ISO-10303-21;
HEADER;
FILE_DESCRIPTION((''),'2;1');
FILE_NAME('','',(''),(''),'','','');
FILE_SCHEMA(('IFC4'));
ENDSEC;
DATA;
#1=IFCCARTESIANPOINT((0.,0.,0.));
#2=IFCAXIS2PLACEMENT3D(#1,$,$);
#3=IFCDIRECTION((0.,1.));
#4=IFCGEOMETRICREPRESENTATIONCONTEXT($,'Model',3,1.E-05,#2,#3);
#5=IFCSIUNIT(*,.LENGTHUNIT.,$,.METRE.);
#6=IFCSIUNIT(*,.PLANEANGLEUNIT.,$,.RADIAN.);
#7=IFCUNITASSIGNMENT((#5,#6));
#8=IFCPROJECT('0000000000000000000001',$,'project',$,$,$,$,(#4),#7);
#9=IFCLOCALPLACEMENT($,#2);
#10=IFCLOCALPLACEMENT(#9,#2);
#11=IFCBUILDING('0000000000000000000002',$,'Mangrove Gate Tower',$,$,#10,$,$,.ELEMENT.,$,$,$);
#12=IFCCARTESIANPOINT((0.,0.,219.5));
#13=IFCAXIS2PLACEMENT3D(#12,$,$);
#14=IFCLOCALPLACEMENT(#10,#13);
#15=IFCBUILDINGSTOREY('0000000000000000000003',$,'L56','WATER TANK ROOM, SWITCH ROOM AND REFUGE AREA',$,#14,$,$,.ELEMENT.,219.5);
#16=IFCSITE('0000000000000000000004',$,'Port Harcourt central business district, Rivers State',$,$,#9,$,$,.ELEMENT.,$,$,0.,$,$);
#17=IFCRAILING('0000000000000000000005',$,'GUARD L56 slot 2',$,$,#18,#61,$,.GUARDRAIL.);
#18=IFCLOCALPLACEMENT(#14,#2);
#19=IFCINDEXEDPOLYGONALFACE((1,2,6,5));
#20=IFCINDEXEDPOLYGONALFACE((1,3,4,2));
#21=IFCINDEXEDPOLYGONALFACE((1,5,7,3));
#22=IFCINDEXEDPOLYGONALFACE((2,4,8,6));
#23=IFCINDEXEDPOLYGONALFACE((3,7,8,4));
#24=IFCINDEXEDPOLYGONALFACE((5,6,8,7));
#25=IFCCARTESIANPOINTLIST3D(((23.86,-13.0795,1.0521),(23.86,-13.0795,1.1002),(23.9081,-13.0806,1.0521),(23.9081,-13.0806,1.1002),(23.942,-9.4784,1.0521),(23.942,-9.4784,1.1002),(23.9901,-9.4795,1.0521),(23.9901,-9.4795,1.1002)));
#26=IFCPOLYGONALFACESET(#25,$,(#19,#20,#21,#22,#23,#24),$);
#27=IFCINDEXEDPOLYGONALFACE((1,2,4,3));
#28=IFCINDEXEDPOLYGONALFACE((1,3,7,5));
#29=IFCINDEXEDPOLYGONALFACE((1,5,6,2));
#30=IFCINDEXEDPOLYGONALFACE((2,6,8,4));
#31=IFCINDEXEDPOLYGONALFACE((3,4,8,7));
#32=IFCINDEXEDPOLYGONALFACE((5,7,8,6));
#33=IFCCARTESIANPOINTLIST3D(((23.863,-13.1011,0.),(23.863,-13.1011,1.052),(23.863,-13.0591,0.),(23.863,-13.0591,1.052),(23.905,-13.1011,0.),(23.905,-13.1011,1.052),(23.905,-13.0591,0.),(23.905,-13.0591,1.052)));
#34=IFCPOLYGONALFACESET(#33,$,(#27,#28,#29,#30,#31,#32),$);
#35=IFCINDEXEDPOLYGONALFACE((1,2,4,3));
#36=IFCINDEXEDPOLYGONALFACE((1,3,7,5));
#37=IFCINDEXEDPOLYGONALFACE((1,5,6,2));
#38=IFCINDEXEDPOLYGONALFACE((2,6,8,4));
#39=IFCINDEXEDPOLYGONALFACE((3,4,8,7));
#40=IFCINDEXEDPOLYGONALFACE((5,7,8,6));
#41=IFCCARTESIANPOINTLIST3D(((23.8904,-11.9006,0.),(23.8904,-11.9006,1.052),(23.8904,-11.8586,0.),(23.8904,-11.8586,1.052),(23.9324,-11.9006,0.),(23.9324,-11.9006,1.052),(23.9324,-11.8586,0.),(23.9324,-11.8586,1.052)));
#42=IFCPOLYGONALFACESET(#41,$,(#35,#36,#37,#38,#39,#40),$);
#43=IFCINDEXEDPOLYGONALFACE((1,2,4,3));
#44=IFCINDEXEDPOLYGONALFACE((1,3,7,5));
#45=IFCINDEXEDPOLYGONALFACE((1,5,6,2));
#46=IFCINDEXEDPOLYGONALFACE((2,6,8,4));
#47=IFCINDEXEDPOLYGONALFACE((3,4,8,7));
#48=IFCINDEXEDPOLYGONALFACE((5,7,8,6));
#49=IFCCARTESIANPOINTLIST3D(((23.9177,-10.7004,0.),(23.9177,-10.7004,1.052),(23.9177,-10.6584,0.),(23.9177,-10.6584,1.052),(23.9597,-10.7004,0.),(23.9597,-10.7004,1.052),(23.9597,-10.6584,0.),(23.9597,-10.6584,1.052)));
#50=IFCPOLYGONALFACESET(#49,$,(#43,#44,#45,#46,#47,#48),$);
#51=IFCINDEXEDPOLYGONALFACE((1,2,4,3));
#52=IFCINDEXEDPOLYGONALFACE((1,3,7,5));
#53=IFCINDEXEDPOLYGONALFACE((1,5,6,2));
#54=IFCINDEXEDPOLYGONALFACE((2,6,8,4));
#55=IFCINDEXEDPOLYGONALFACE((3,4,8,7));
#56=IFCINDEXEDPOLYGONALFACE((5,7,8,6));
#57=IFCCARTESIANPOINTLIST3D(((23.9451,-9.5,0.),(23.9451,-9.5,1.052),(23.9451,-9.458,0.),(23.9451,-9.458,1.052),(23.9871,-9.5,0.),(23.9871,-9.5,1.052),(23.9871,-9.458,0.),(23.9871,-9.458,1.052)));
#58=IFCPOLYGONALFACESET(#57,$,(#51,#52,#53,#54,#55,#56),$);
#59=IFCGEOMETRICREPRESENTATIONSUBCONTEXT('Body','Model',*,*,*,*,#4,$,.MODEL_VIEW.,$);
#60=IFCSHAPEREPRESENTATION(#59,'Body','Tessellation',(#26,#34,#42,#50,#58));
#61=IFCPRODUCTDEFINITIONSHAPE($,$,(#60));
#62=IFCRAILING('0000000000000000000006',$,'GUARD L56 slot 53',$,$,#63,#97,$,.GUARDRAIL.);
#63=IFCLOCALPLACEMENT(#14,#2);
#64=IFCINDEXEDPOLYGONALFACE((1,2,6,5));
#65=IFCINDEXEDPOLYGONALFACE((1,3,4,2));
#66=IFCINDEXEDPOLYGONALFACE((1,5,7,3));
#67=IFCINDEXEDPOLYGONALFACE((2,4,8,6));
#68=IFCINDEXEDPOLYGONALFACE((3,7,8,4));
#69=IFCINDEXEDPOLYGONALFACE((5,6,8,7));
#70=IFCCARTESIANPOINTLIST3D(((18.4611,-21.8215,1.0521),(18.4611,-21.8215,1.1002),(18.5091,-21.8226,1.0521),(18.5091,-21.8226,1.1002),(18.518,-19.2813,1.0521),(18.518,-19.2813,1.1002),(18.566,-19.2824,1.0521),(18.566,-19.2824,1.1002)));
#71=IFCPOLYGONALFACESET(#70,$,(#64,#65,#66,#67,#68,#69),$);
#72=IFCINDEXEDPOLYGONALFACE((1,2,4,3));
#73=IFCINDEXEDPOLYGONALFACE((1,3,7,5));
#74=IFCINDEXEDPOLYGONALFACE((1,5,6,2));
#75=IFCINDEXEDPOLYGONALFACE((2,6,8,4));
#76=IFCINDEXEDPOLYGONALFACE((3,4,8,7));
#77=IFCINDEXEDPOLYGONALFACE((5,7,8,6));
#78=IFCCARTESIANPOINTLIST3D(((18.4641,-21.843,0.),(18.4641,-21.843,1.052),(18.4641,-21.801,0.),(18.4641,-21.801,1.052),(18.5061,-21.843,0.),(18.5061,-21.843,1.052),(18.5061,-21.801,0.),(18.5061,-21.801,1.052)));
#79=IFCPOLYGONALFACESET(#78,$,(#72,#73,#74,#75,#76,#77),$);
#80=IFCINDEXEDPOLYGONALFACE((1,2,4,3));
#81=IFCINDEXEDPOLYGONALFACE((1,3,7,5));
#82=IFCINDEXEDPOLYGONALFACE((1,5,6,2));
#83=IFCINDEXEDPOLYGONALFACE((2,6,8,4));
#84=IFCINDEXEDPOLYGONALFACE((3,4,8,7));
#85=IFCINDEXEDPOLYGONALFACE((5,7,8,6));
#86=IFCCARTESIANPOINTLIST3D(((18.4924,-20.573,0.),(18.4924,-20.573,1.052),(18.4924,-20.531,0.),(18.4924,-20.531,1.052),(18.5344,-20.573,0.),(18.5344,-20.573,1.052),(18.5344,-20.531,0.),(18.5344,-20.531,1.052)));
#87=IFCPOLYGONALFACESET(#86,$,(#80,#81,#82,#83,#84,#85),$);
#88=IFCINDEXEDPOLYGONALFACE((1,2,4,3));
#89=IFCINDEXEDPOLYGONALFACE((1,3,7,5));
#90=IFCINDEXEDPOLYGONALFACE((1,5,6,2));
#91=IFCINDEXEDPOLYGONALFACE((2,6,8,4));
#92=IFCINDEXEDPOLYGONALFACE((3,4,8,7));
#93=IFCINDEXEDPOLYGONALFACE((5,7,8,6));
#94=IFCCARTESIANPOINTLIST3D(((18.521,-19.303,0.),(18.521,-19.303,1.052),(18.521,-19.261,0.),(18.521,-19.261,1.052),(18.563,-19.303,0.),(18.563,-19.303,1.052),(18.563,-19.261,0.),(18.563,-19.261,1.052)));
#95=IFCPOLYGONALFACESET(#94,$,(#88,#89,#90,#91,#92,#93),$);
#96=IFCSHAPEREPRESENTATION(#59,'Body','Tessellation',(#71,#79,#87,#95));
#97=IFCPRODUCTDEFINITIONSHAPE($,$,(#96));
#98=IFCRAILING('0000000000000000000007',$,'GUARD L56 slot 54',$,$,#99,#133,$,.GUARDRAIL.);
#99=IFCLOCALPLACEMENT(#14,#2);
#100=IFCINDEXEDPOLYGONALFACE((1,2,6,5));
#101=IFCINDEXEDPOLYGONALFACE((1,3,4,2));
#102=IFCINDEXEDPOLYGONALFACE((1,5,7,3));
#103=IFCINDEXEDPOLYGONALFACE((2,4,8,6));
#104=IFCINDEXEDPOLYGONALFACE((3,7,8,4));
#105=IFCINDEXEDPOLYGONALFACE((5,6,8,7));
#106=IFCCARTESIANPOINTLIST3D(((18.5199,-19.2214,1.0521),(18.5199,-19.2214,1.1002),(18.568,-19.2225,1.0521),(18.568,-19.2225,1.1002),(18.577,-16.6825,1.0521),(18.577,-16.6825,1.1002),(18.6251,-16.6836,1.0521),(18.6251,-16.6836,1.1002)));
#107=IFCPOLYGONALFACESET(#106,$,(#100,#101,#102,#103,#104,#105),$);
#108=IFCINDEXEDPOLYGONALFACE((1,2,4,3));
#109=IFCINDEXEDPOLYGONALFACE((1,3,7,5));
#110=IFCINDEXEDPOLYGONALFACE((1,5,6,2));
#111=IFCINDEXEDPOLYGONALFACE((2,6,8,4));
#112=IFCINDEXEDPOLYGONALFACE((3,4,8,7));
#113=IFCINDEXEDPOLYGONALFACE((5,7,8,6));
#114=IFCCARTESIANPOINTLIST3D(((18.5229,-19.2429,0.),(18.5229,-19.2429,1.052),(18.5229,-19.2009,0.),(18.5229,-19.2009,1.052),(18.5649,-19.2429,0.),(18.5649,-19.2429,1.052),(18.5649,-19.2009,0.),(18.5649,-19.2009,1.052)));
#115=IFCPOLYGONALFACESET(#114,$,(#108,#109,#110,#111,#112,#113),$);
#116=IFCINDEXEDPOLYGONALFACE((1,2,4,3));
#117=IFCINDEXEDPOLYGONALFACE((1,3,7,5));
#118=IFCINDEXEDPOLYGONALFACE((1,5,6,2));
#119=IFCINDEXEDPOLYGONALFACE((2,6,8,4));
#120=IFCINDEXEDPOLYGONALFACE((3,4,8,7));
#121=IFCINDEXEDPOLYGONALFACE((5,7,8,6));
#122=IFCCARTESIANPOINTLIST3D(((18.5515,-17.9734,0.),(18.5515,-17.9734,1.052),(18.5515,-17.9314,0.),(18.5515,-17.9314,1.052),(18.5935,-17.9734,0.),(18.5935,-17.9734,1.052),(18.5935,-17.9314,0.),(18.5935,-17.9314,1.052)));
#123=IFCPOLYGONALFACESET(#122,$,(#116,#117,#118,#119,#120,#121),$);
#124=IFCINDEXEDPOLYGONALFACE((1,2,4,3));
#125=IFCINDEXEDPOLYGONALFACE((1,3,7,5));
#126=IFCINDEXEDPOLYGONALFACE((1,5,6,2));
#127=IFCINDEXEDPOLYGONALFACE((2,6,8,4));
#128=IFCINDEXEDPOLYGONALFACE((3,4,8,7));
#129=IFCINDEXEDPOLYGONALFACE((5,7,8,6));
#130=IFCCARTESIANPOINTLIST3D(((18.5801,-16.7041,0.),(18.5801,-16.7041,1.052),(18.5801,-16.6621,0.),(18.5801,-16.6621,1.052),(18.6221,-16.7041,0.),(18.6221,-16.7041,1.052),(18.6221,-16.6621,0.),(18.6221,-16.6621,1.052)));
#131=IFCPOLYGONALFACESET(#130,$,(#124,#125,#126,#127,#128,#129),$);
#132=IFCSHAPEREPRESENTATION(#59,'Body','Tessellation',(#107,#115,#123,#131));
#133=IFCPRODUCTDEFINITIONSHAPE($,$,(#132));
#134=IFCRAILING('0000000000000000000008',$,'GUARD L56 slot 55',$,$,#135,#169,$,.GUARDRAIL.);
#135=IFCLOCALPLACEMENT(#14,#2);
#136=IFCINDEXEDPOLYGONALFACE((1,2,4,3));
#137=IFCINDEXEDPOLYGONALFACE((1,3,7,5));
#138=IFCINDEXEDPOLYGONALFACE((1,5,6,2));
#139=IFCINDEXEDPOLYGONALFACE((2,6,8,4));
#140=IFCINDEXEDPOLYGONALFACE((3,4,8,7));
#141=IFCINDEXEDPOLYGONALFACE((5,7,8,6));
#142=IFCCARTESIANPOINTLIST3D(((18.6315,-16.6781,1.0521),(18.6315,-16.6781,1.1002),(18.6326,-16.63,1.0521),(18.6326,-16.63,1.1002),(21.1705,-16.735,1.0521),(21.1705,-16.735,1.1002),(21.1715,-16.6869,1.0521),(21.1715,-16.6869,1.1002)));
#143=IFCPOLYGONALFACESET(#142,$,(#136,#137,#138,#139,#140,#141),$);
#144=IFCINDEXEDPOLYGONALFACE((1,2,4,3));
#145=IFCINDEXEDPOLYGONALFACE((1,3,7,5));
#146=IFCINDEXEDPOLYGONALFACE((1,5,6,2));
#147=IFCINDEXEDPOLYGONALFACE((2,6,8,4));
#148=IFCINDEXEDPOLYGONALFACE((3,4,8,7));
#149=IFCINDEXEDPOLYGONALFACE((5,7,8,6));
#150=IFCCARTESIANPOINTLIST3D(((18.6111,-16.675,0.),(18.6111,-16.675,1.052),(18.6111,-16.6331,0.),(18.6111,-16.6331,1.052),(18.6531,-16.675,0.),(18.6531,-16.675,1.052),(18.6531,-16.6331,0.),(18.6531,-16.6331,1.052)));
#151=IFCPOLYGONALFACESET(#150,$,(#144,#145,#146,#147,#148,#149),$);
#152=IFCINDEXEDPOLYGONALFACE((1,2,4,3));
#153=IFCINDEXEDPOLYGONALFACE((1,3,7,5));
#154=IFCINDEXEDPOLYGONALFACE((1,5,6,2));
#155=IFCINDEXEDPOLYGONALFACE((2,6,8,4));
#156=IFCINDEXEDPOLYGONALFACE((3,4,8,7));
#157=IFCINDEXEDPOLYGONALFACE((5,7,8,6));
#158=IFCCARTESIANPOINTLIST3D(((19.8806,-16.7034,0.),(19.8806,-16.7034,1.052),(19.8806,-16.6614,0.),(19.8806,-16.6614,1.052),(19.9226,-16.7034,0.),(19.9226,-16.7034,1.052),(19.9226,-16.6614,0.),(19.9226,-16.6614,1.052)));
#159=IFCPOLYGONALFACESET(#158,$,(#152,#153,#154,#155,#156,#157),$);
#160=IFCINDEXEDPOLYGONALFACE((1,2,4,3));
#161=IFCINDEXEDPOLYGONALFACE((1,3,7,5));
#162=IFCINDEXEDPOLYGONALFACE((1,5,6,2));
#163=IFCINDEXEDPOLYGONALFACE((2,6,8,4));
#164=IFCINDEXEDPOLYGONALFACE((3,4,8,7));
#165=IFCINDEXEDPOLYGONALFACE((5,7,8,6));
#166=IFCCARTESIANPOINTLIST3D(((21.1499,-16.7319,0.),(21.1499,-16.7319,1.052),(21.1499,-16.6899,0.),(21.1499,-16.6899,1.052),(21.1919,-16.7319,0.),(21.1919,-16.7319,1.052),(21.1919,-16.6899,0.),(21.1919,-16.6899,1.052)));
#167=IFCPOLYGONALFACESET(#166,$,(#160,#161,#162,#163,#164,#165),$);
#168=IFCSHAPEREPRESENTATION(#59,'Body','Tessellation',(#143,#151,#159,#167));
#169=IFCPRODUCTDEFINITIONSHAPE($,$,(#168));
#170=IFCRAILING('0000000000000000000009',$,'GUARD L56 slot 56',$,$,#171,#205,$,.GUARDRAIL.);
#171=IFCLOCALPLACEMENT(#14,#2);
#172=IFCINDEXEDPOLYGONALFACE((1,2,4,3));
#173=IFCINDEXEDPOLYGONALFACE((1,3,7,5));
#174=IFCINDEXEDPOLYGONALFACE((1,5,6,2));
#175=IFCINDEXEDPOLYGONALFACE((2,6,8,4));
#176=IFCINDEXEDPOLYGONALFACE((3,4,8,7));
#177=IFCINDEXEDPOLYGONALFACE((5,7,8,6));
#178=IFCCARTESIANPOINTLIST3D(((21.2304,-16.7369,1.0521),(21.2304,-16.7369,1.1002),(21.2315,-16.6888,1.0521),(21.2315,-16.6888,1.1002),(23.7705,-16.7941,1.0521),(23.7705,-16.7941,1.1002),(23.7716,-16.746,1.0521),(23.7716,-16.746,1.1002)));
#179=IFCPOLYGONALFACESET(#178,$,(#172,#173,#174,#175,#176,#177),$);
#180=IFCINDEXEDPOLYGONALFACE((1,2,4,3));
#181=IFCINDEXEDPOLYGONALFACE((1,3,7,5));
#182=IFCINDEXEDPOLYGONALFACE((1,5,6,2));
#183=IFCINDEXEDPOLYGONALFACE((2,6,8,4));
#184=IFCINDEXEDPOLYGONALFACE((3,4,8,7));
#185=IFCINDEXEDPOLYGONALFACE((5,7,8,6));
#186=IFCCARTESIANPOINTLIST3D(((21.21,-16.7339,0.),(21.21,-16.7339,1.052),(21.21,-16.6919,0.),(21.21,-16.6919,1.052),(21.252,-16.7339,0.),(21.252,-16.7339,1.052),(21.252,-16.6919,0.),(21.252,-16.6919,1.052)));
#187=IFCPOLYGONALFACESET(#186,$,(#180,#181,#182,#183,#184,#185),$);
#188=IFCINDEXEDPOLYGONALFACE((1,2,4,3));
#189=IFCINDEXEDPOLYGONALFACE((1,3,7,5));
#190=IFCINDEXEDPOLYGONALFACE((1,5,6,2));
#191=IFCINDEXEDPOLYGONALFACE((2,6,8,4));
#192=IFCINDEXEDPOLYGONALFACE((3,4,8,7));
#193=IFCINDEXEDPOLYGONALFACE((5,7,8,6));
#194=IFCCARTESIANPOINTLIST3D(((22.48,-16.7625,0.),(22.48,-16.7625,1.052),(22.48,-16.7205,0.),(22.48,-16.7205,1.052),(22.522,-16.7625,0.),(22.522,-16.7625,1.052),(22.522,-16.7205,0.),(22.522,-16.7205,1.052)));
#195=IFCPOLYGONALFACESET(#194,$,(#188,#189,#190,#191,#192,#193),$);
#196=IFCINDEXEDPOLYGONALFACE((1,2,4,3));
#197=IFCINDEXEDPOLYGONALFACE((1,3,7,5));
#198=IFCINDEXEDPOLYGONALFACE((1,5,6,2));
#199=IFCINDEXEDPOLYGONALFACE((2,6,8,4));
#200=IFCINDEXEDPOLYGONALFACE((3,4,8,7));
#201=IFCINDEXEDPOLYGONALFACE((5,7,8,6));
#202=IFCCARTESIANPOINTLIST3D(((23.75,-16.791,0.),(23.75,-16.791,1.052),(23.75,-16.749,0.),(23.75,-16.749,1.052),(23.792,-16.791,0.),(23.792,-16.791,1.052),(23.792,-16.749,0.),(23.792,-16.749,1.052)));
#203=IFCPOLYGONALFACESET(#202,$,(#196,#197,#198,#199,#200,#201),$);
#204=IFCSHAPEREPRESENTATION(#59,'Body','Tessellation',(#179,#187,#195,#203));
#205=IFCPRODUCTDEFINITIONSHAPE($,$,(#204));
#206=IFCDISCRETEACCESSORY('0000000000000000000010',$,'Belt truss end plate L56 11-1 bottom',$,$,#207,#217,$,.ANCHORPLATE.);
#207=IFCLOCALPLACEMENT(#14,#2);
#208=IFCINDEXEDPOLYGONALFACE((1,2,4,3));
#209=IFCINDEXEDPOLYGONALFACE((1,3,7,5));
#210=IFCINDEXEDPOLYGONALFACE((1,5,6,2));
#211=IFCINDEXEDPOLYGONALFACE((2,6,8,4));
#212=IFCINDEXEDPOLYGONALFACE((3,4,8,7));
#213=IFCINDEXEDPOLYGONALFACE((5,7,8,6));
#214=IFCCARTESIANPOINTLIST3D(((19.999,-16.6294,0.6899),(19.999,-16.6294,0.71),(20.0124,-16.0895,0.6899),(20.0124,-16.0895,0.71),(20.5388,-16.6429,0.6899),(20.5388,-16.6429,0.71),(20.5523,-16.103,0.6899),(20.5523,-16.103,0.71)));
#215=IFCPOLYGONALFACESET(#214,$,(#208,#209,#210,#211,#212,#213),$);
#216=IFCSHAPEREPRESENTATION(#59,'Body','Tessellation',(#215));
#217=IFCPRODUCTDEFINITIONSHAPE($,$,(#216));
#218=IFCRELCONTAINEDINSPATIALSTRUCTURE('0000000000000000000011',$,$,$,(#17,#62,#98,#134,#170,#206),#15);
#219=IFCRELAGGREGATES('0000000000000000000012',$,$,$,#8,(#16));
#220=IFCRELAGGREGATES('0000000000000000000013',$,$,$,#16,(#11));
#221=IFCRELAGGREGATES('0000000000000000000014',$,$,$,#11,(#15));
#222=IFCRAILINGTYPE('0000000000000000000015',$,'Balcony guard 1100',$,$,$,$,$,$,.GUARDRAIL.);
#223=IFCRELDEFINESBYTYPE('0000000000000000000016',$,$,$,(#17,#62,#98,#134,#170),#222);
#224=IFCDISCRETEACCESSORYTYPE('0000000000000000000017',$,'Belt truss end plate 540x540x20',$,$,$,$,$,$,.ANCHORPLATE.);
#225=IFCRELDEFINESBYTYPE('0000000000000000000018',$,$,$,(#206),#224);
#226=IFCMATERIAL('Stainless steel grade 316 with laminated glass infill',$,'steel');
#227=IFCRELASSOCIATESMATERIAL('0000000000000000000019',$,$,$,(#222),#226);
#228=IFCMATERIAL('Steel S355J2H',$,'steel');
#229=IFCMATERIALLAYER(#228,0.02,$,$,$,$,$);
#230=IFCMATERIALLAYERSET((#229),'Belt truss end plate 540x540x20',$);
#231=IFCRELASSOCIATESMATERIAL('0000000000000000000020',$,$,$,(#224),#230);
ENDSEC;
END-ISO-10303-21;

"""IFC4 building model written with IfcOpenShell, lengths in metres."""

from ifc_helpers import new_model, si_unit, direction, frame, origin, origin_2d, place, context, subcontext, project, spatial, rectangle, extrude, material, layer, layer_set, type_object, element, save


model = new_model("IFC4")

# Units and contexts
model_context = context("Model", 3, precision=1e-05, world=origin(), true_north=direction((0.0, 1.0)))
body_context = subcontext(model_context, "Body", "Model", "MODEL_VIEW")
ifc_project = project(units=[si_unit("LENGTHUNIT", "METRE"), si_unit("PLANEANGLEUNIT", "RADIAN")], contexts=[model_context])

# Site, building, storey
site_placement = place(None, origin())
site = spatial("IfcSite", under=ifc_project, at=site_placement, Name="Port Harcourt central business district, Rivers State", CompositionType="ELEMENT", RefElevation=0.0)
building_placement = place(site_placement, origin())
building = spatial("IfcBuilding", under=site, at=building_placement, Name="Mangrove Gate Tower", CompositionType="ELEMENT")
storey_placement = place(building_placement, frame((0.0, 0.0, 219.5)))
storey = spatial("IfcBuildingStorey", under=building, at=storey_placement, Name="L56", Description="WATER TANK ROOM, SWITCH ROOM AND REFUGE AREA", CompositionType="ELEMENT", Elevation=219.5)

# Railings
ifc_material_1 = material(Name="Stainless steel grade 316 with laminated glass infill", Category="steel")
railing_type = type_object("IfcRailingType", Name="Balcony guard 1100", PredefinedType="GUARDRAIL", material=ifc_material_1)
for number, where, name in (
    (1, (23.884, -13.0801, 0.0), "GUARD L56 slot 2"),
):
    element("IfcRailing", number, at=place(storey_placement, frame(where)), inside=storey, type_object=railing_type, Name=name, PredefinedType="GUARDRAIL", context=body_context, shape_type="SweptSolid", body=[
        extrude(rectangle(XDim=0.0481, YDim=0.0481, at=origin_2d()), frame((0.0, 0.0, 1.0762), z_axis=(0.022774, 0.999741, 0.0), x_axis=(-0.999741, 0.022774, 0.0)), (0.0, 0.0, 1.0), 3.6021),
        extrude(rectangle(XDim=0.042, YDim=0.042, at=origin_2d()), origin(), (0.0, 0.0, 1.0), 1.052),
        extrude(rectangle(XDim=0.042, YDim=0.042, at=origin_2d()), frame((0.0273, 1.2004, 0.0)), (0.0, 0.0, 1.0), 1.052),
        extrude(rectangle(XDim=0.042, YDim=0.042, at=origin_2d()), frame((0.0547, 2.4006, 0.0)), (0.0, 0.0, 1.0), 1.052),
        extrude(rectangle(XDim=0.042, YDim=0.042, at=origin_2d()), frame((0.082, 3.6011, 0.0)), (0.0, 0.0, 1.0), 1.052),
    ])
railing_1_placement = place(storey_placement, frame((18.4851, -21.822, 0.0)))
element("IfcRailing", 2, at=railing_1_placement, inside=storey, type_object=railing_type, Name="GUARD L56 slot 53", PredefinedType="GUARDRAIL", context=body_context, shape_type="SweptSolid", body=[
    extrude(rectangle(XDim=0.0481, YDim=0.0481, at=origin_2d()), frame((0.0, 0.0, 1.0762), z_axis=(0.02239, 0.999749, 0.0), x_axis=(-0.999749, 0.02239, 0.0)), (0.0, 0.0, 1.0), 2.5408),
    extrude(rectangle(XDim=0.042, YDim=0.042, at=origin_2d()), origin(), (0.0, 0.0, 1.0), 1.052),
    extrude(rectangle(XDim=0.042, YDim=0.042, at=origin_2d()), frame((0.0283, 1.27, 0.0)), (0.0, 0.0, 1.0), 1.052),
    extrude(rectangle(XDim=0.042, YDim=0.042, at=origin_2d()), frame((0.0569, 2.54, 0.0)), (0.0, 0.0, 1.0), 1.052),
])
railing_2_placement = place(storey_placement, frame((18.5439, -19.2219, 0.0)))
element("IfcRailing", 3, at=railing_2_placement, inside=storey, type_object=railing_type, Name="GUARD L56 slot 54", PredefinedType="GUARDRAIL", context=body_context, shape_type="SweptSolid", body=[
    extrude(rectangle(XDim=0.0481, YDim=0.0481, at=origin_2d()), frame((0.0, 0.0, 1.0762), z_axis=(0.022496, 0.999747, 0.0), x_axis=(-0.999747, 0.022496, 0.0)), (0.0, 0.0, 1.0), 2.5396),
    extrude(rectangle(XDim=0.042, YDim=0.042, at=origin_2d()), origin(), (0.0, 0.0, 1.0), 1.052),
    extrude(rectangle(XDim=0.042, YDim=0.042, at=origin_2d()), frame((0.0286, 1.2695, 0.0)), (0.0, 0.0, 1.0), 1.052),
    extrude(rectangle(XDim=0.042, YDim=0.042, at=origin_2d()), frame((0.0571, 2.5388, 0.0)), (0.0, 0.0, 1.0), 1.052),
])
railing_3_placement = place(storey_placement, frame((18.6321, -16.6541, 0.0)))
element("IfcRailing", 4, at=railing_3_placement, inside=storey, type_object=railing_type, Name="GUARD L56 slot 55", PredefinedType="GUARDRAIL", context=body_context, shape_type="SweptSolid", body=[
    extrude(rectangle(XDim=0.0481, YDim=0.0481, at=origin_2d()), frame((0.0, 0.0, 1.0762), z_axis=(0.999749, -0.0224, 0.0), x_axis=(0.0224, 0.999749, 0.0)), (0.0, 0.0, 1.0), 2.5396),
    extrude(rectangle(XDim=0.042, YDim=0.042, at=origin_2d()), origin(), (0.0, 0.0, 1.0), 1.052),
    extrude(rectangle(XDim=0.042, YDim=0.042, at=origin_2d()), frame((1.2695, -0.0283, 0.0)), (0.0, 0.0, 1.0), 1.052),
    extrude(rectangle(XDim=0.042, YDim=0.042, at=origin_2d()), frame((2.5388, -0.0569, 0.0)), (0.0, 0.0, 1.0), 1.052),
])
railing_4_placement = place(storey_placement, frame((21.231, -16.7129, 0.0)))
element("IfcRailing", 5, at=railing_4_placement, inside=storey, type_object=railing_type, Name="GUARD L56 slot 56", PredefinedType="GUARDRAIL", context=body_context, shape_type="SweptSolid", body=[
    extrude(rectangle(XDim=0.0481, YDim=0.0481, at=origin_2d()), frame((0.0, 0.0, 1.0762), z_axis=(0.999747, -0.022486, 0.0), x_axis=(0.022486, 0.999747, 0.0)), (0.0, 0.0, 1.0), 2.5408),
    extrude(rectangle(XDim=0.042, YDim=0.042, at=origin_2d()), origin(), (0.0, 0.0, 1.0), 1.052),
    extrude(rectangle(XDim=0.042, YDim=0.042, at=origin_2d()), frame((1.27, -0.0286, 0.0)), (0.0, 0.0, 1.0), 1.052),
    extrude(rectangle(XDim=0.042, YDim=0.042, at=origin_2d()), frame((2.54, -0.0571, 0.0)), (0.0, 0.0, 1.0), 1.052),
])

# Discrete accessory
ifc_material_2 = material(Name="Steel S355J2H", Category="steel")
ifc_layer_1 = layer(ifc_material_2, 0.02)
ifc_layer_set_1 = layer_set([ifc_layer_1], Name="Belt truss end plate 540x540x20")
discrete_accessory_type = type_object("IfcDiscreteAccessoryType", Name="Belt truss end plate 540x540x20", PredefinedType="ANCHORPLATE", material=ifc_layer_set_1)
for number, where, z_axis, x_axis, name in (
    (6, (20.2756, -16.3662, 0.6899), (0.0, 0.0, 1.0), (0.99969, -0.02491, 0.0), "Belt truss end plate L56 11-1 bottom"),
):
    element("IfcDiscreteAccessory", number, at=place(storey_placement, frame(where, z_axis=z_axis, x_axis=x_axis)), inside=storey, type_object=discrete_accessory_type, Name=name, PredefinedType="ANCHORPLATE", context=body_context, shape_type="SweptSolid", body=[
        extrude(rectangle(XDim=0.54, YDim=0.54, at=origin_2d()), origin(), (0.0, 0.0, 1.0), 0.02),
    ])

save(model, "model.ifc")
